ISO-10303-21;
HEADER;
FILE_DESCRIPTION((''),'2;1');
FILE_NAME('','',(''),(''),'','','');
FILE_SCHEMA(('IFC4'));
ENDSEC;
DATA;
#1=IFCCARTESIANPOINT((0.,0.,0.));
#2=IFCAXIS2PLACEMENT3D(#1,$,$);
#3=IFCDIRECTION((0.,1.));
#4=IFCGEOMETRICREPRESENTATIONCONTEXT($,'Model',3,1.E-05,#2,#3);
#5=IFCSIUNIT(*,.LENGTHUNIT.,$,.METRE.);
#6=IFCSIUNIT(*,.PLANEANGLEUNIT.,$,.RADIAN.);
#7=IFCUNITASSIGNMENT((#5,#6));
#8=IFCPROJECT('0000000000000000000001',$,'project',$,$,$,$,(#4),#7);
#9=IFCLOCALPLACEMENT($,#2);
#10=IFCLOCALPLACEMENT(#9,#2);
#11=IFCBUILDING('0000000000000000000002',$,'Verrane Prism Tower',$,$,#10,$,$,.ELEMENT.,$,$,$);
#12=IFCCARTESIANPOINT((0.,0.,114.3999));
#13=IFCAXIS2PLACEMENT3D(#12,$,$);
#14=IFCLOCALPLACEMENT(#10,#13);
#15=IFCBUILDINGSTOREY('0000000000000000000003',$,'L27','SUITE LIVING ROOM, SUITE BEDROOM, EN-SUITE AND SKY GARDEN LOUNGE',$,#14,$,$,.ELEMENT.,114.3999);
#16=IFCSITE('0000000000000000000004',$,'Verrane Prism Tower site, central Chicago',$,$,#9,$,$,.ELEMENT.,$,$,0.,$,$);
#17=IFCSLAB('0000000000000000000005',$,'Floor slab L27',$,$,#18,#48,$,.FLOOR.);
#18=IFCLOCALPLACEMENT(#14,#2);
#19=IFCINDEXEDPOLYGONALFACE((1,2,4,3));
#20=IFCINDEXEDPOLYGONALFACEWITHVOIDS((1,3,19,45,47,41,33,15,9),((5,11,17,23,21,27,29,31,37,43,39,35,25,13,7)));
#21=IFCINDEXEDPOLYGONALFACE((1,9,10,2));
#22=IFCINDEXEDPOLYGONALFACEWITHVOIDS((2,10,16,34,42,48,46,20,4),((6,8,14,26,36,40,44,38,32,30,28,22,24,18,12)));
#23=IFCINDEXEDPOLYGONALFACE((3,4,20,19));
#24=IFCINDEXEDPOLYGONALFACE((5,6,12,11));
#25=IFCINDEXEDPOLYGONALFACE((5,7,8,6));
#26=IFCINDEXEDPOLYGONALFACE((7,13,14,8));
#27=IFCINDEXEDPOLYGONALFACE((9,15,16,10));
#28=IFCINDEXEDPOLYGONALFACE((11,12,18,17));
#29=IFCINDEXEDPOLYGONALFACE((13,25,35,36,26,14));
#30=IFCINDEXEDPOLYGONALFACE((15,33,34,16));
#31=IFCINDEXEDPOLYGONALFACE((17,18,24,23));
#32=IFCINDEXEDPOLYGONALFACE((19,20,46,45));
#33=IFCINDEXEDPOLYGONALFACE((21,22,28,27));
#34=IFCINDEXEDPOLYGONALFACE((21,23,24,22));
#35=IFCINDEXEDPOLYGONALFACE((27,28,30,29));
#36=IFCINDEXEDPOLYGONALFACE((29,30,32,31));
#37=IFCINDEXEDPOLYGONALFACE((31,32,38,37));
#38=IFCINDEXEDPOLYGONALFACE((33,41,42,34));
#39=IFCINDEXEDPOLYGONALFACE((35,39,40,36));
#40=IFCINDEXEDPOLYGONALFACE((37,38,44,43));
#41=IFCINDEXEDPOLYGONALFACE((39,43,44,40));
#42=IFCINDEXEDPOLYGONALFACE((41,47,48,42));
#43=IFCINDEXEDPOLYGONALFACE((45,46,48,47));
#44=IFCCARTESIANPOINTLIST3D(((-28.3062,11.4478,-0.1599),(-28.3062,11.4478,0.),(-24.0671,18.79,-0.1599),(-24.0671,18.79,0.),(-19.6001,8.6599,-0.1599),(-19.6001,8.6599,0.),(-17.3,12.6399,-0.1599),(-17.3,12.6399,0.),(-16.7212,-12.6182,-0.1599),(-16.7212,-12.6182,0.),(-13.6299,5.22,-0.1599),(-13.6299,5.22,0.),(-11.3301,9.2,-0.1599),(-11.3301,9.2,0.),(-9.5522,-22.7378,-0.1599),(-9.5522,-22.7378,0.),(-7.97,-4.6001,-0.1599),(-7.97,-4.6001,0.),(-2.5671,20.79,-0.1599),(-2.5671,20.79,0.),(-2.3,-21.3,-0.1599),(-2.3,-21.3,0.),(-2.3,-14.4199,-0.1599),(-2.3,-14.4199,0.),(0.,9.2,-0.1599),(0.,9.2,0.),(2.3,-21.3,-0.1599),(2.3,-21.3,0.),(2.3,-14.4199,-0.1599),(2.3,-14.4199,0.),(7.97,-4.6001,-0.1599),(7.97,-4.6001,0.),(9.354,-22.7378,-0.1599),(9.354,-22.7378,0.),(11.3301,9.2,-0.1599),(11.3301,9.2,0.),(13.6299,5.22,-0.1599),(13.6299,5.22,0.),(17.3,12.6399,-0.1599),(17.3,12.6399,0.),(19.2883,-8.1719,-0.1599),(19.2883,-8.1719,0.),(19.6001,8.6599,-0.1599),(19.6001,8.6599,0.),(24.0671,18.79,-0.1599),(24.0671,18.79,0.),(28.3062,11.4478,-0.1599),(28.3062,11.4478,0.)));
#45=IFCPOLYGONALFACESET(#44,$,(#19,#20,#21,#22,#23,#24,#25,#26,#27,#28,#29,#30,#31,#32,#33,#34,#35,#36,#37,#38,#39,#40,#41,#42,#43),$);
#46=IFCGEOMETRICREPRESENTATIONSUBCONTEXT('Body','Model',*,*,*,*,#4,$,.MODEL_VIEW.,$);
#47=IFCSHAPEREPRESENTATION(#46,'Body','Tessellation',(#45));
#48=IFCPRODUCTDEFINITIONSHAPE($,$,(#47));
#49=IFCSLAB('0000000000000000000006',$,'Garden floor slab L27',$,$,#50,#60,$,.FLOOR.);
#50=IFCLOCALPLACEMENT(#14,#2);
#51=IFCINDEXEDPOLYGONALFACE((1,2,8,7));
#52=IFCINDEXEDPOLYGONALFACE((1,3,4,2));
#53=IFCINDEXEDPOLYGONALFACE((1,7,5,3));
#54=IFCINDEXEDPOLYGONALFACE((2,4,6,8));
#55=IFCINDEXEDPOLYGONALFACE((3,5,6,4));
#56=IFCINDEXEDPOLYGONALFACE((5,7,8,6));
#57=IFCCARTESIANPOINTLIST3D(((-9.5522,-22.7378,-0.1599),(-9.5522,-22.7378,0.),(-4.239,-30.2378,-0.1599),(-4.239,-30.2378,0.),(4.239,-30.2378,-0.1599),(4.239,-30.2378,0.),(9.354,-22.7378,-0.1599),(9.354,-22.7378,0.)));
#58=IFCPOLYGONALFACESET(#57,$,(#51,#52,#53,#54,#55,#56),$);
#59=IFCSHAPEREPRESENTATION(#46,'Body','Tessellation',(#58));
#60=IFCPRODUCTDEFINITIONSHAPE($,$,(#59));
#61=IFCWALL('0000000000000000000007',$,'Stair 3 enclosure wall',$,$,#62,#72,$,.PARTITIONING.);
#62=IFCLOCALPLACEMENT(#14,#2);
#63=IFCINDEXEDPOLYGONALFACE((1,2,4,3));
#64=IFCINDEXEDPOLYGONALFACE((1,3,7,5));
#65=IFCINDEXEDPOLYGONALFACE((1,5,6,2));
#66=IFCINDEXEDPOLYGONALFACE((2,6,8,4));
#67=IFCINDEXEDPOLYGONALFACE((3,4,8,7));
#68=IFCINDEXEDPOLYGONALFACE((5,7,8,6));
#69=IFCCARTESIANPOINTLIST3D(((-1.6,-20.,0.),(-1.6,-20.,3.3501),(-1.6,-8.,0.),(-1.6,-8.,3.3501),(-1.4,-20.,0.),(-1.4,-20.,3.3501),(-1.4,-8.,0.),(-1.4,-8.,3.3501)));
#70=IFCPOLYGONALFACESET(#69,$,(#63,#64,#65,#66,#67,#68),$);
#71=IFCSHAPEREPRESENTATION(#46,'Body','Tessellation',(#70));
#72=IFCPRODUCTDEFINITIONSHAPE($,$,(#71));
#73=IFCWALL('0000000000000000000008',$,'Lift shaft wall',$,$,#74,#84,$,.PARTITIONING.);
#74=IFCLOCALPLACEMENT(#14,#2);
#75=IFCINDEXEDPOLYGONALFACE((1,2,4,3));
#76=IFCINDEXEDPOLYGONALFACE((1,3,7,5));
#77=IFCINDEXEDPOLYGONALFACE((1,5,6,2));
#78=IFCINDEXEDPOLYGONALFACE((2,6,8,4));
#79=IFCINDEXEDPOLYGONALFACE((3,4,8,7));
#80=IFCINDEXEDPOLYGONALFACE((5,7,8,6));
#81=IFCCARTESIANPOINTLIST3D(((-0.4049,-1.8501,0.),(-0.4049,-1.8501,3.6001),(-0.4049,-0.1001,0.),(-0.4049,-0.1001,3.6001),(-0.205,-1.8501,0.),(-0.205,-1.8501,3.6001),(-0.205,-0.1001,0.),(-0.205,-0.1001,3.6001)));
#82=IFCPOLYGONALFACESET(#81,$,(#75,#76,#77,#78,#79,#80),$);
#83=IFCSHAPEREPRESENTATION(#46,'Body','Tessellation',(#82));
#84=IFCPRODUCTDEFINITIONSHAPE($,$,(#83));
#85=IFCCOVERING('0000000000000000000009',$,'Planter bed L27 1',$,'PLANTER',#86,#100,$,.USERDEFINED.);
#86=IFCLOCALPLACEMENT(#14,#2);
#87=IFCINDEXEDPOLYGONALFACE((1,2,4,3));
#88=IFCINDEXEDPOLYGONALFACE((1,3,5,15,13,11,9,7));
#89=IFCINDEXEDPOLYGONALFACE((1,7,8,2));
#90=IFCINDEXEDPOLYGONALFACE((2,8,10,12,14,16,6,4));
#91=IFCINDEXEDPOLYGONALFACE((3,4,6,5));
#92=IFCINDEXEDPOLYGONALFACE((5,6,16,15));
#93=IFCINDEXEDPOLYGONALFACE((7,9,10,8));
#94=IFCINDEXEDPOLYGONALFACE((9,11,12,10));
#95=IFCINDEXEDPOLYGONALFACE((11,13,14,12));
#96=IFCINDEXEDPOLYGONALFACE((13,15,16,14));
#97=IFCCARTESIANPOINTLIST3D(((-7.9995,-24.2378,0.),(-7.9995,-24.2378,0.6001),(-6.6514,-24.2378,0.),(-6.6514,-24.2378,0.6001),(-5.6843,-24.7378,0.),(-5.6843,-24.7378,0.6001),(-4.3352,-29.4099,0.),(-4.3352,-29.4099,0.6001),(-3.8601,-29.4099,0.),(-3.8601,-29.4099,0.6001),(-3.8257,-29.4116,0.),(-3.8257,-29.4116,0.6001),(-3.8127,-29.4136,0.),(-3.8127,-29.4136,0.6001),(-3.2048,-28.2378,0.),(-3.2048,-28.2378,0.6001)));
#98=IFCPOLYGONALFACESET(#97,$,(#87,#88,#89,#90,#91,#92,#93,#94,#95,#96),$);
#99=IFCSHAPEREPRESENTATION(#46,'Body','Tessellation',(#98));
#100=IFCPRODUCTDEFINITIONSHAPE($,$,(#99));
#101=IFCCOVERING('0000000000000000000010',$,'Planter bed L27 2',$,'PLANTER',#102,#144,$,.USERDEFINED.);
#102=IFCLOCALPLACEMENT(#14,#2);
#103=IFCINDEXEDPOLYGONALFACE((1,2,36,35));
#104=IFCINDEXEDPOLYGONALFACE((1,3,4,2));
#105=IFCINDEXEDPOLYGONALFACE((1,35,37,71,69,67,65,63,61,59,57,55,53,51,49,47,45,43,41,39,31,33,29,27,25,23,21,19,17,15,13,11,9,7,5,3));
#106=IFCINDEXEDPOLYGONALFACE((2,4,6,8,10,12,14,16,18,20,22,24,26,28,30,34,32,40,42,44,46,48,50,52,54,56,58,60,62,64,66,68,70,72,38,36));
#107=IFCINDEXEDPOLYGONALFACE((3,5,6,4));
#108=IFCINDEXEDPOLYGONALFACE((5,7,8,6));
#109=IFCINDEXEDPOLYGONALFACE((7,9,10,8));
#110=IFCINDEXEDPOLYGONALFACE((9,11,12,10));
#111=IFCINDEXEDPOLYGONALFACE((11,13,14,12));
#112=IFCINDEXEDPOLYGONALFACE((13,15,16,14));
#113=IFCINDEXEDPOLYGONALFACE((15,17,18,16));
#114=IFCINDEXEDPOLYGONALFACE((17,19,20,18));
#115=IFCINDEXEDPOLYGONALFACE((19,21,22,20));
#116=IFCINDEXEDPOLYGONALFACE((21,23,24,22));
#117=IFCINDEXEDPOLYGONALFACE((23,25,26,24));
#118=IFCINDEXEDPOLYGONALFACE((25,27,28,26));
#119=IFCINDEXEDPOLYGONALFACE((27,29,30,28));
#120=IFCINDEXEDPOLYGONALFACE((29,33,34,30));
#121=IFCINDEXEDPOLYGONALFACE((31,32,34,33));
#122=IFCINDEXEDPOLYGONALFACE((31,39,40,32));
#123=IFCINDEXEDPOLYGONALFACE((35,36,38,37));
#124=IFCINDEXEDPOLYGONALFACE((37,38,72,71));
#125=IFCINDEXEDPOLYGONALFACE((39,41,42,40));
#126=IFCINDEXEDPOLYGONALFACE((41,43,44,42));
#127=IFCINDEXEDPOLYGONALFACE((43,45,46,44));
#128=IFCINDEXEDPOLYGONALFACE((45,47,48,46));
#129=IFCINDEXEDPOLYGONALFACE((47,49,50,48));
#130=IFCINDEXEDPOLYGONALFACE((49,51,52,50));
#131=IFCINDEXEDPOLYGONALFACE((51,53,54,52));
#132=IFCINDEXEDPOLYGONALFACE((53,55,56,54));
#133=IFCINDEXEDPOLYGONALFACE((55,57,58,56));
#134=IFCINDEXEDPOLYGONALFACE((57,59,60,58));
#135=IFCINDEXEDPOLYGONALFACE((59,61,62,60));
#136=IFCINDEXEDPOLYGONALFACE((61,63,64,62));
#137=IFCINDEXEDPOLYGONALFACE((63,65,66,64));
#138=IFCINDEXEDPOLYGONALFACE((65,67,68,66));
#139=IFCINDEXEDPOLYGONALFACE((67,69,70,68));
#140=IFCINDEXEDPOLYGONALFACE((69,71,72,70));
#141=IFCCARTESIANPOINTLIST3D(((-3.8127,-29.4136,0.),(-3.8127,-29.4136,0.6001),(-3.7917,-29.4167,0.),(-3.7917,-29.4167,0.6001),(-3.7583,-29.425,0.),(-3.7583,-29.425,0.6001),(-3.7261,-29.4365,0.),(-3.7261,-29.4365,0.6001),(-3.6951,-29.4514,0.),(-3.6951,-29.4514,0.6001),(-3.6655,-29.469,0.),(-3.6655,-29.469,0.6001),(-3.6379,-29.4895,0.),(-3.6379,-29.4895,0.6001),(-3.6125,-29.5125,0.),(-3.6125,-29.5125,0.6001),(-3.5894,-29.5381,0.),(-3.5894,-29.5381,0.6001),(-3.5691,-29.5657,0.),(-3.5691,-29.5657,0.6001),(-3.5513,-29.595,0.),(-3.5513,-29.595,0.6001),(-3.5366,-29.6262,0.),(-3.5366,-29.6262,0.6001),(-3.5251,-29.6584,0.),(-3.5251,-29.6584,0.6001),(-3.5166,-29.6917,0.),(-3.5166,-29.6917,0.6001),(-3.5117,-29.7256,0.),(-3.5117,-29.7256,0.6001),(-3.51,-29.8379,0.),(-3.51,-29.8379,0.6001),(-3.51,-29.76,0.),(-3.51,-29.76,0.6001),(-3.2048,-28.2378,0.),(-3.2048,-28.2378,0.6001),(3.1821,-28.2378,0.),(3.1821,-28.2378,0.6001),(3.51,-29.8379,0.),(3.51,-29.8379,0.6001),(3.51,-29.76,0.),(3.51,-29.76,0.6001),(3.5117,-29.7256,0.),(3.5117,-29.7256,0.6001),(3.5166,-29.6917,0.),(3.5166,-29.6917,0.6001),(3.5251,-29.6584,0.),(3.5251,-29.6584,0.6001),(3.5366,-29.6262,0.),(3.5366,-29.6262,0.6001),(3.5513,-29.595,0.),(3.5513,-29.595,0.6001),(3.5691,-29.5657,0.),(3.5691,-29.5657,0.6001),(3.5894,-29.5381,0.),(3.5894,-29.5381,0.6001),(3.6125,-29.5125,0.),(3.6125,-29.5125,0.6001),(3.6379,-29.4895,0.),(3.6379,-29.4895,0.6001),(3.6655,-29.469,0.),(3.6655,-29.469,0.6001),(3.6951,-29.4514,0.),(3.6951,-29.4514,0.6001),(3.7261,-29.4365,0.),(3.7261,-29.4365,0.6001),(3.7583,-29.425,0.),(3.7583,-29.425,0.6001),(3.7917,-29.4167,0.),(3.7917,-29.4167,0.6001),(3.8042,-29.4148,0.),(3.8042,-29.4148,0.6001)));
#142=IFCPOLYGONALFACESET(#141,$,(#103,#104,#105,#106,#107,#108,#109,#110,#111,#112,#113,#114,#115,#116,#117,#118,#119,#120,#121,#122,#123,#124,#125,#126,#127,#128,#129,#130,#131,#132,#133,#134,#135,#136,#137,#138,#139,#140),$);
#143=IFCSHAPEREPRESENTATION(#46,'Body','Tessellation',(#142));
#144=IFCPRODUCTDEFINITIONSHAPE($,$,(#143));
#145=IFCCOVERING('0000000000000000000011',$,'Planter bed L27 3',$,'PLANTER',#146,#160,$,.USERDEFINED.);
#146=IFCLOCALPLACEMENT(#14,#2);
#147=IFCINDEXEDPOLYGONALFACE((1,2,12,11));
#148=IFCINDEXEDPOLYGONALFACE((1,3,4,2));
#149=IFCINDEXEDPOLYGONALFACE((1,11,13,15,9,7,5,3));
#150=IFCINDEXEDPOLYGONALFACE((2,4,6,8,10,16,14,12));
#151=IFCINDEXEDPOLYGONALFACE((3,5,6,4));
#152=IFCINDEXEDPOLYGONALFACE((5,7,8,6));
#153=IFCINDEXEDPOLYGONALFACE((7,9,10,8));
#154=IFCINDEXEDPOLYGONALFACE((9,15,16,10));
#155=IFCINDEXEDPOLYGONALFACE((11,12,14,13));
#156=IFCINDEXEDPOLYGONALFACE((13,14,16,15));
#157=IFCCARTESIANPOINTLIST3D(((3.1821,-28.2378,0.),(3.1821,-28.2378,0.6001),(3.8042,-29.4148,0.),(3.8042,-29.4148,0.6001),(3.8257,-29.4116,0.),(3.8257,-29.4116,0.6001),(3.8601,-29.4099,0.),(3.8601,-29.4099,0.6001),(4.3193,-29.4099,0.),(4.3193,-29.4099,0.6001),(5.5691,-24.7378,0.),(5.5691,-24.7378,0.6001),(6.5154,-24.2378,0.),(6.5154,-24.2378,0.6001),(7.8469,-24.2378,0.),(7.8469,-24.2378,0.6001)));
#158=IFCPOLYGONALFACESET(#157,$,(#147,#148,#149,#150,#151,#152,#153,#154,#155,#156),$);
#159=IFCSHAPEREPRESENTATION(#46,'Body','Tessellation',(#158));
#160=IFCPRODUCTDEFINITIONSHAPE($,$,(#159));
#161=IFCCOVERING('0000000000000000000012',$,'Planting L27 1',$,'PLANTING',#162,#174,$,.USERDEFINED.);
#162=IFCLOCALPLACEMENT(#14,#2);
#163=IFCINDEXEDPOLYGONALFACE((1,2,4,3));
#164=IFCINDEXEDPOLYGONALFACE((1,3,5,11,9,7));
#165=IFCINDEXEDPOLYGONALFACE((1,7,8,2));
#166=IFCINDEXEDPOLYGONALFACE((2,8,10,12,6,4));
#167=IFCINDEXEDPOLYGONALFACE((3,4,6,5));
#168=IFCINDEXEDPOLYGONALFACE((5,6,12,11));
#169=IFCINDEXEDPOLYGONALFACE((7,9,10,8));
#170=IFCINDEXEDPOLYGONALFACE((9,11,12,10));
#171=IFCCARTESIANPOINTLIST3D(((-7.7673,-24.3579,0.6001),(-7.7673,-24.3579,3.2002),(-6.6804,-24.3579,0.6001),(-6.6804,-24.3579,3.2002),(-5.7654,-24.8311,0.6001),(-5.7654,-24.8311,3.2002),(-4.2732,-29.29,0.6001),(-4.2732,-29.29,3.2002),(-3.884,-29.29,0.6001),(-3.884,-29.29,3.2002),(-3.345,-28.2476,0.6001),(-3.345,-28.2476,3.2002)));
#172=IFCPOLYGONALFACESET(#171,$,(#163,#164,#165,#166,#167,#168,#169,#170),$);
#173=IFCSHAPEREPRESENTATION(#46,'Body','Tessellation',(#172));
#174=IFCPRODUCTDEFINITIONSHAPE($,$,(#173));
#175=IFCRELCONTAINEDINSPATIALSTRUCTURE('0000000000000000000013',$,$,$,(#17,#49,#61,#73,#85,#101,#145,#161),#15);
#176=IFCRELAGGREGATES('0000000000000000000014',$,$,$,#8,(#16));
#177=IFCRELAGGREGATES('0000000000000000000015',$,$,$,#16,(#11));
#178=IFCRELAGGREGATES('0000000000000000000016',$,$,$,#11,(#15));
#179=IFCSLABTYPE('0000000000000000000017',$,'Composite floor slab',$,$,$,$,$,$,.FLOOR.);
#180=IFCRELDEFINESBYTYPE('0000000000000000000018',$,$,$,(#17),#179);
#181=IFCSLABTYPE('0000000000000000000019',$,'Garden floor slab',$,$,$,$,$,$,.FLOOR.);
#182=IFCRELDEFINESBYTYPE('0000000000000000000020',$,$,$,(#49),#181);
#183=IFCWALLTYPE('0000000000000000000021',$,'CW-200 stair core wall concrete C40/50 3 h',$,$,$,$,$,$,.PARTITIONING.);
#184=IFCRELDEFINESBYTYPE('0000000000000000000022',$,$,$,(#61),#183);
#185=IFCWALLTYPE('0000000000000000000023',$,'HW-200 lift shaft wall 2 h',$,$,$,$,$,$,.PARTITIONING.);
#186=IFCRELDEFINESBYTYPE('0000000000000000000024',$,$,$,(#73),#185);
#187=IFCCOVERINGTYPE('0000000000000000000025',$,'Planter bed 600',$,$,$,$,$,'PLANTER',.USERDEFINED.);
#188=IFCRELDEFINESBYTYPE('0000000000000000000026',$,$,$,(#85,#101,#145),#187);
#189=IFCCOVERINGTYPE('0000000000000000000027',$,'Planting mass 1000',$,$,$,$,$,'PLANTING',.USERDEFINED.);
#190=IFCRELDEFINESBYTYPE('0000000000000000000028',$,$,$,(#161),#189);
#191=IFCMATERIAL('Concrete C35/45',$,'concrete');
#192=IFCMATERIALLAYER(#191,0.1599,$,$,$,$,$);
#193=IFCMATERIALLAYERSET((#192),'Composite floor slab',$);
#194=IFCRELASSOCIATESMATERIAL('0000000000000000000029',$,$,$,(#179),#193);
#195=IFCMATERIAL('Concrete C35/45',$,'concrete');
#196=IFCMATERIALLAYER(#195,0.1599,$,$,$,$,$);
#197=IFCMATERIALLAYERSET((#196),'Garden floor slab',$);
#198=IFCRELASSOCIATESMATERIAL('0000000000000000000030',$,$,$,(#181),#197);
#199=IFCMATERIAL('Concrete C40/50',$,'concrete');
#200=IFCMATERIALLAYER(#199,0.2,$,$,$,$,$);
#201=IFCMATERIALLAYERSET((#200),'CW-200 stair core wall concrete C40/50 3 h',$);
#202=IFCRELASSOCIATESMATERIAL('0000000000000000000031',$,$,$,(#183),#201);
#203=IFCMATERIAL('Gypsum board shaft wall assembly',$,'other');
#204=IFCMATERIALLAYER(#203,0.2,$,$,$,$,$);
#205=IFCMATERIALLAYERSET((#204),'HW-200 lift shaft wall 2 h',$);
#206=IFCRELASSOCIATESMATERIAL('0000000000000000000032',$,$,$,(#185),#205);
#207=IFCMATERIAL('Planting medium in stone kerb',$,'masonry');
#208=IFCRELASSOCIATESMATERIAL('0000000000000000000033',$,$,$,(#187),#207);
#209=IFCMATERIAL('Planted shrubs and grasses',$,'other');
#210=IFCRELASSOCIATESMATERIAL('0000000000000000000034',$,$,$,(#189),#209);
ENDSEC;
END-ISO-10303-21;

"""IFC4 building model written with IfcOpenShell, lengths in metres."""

from ifc_helpers import new_model, si_unit, direction, frame, frame_2d, origin, place, context, subcontext, project, spatial, polyline, rectangle, outline, extrude, material, layer, layer_set, type_object, element, save


model = new_model("IFC4")

# Units and contexts
model_context = context("Model", 3, precision=1e-05, world=origin(), true_north=direction((0.0, 1.0)))
body_context = subcontext(model_context, "Body", "Model", "MODEL_VIEW")
ifc_project = project(units=[si_unit("LENGTHUNIT", "METRE"), si_unit("PLANEANGLEUNIT", "RADIAN")], contexts=[model_context])

# Site, building, storey
site_placement = place(None, origin())
site = spatial("IfcSite", under=ifc_project, at=site_placement, Name="Verrane Prism Tower site, central Chicago", CompositionType="ELEMENT", RefElevation=0.0)
building_placement = place(site_placement, origin())
building = spatial("IfcBuilding", under=site, at=building_placement, Name="Verrane Prism Tower", CompositionType="ELEMENT")
storey_placement = place(building_placement, frame((0.0, 0.0, 114.3999)))
storey = spatial("IfcBuildingStorey", under=building, at=storey_placement, Name="L27", Description="SUITE LIVING ROOM, SUITE BEDROOM, EN-SUITE AND SKY GARDEN LOUNGE", CompositionType="ELEMENT", Elevation=114.3999)

# Slabs
ifc_material_1 = material(Name="Concrete C35/45", Category="concrete")
ifc_layer_1 = layer(ifc_material_1, 0.1599)
ifc_layer_set_1 = layer_set([ifc_layer_1], Name="Composite floor slab")
slab_type_1 = type_object("IfcSlabType", Name="Composite floor slab", PredefinedType="FLOOR", material=ifc_layer_set_1)
slab_1_placement = place(storey_placement, frame((0.0, 0.0, -0.1599)))
element("IfcSlab", 1, at=slab_1_placement, inside=storey, type_object=slab_type_1, Name="Floor slab L27", PredefinedType="FLOOR", context=body_context, shape_type="SweptSolid", body=[
    extrude(outline(polyline([(-16.7212, -12.6182), (-28.3062, 11.4478), (-24.0671, 18.79), (-2.5671, 20.79), (24.0671, 18.79), (28.3062, 11.4478), (19.2883, -8.1719), (9.354, -22.7378), (-9.5522, -22.7378), (-16.7212, -12.6182)]), holes=[polyline([(19.6001, 8.6599), (17.3, 12.6399), (11.3301, 9.2), (0.0, 9.2), (-11.3301, 9.2), (-17.3, 12.6399), (-19.6001, 8.6599), (-13.6299, 5.22), (-7.97, -4.6001), (-2.3, -14.4199), (-2.3, -21.3), (2.3, -21.3), (2.3, -14.4199), (7.97, -4.6001), (13.6299, 5.22), (19.6001, 8.6599)])]), origin(), (0.0, 0.0, 1.0), 0.1599),
])
ifc_material_2 = material(Name="Concrete C35/45", Category="concrete")
ifc_layer_2 = layer(ifc_material_2, 0.1599)
ifc_layer_set_2 = layer_set([ifc_layer_2], Name="Garden floor slab")
slab_type_2 = type_object("IfcSlabType", Name="Garden floor slab", PredefinedType="FLOOR", material=ifc_layer_set_2)
slab_2_placement = place(storey_placement, frame((0.0, 0.0, -0.1599)))
element("IfcSlab", 2, at=slab_2_placement, inside=storey, type_object=slab_type_2, Name="Garden floor slab L27", PredefinedType="FLOOR", context=body_context, shape_type="SweptSolid", body=[
    extrude(outline(polyline([(9.354, -22.7378), (-9.5522, -22.7378), (-4.239, -30.2378), (4.239, -30.2378), (9.354, -22.7378)])), origin(), (0.0, 0.0, 1.0), 0.1599),
])

# Walls
ifc_material_3 = material(Name="Concrete C40/50", Category="concrete")
ifc_layer_3 = layer(ifc_material_3, 0.2)
ifc_layer_set_3 = layer_set([ifc_layer_3], Name="CW-200 stair core wall concrete C40/50 3 h")
wall_type_1 = type_object("IfcWallType", Name="CW-200 stair core wall concrete C40/50 3 h", PredefinedType="PARTITIONING", material=ifc_layer_set_3)
wall_1_placement = place(storey_placement, frame((-1.5, -8.0, 0.0), z_axis=(0.0, 0.0, 1.0), x_axis=(0.0, -1.0, 0.0)))
element("IfcWall", 3, at=wall_1_placement, inside=storey, type_object=wall_type_1, Name="Stair 3 enclosure wall", PredefinedType="PARTITIONING", context=body_context, shape_type="SweptSolid", body=[
    extrude(rectangle(XDim=12.0, YDim=0.2, at=frame_2d((6.0, 0.0))), origin(), (0.0, 0.0, 1.0), 3.3501),
])
ifc_material_4 = material(Name="Gypsum board shaft wall assembly", Category="other")
ifc_layer_4 = layer(ifc_material_4, 0.2)
ifc_layer_set_4 = layer_set([ifc_layer_4], Name="HW-200 lift shaft wall 2 h")
wall_type_2 = type_object("IfcWallType", Name="HW-200 lift shaft wall 2 h", PredefinedType="PARTITIONING", material=ifc_layer_set_4)
wall_2_placement = place(storey_placement, frame((-0.3049, -1.8501, 0.0), z_axis=(0.0, 0.0, 1.0), x_axis=(0.0, 1.0, 0.0)))
element("IfcWall", 4, at=wall_2_placement, inside=storey, type_object=wall_type_2, Name="Lift shaft wall", PredefinedType="PARTITIONING", context=body_context, shape_type="SweptSolid", body=[
    extrude(rectangle(XDim=1.75, YDim=0.2, at=frame_2d((0.875, 0.0))), origin(), (0.0, 0.0, 1.0), 3.6001),
])

# Coverings
ifc_material_5 = material(Name="Planting medium in stone kerb", Category="masonry")
covering_type_1 = type_object("IfcCoveringType", Name="Planter bed 600", ElementType="PLANTER", PredefinedType="USERDEFINED", material=ifc_material_5)
covering_1_placement = place(storey_placement, origin())
element("IfcCovering", 5, at=covering_1_placement, inside=storey, type_object=covering_type_1, Name="Planter bed L27 1", ObjectType="PLANTER", PredefinedType="USERDEFINED", context=body_context, shape_type="SweptSolid", body=[
    extrude(outline(polyline([(-6.6514, -24.2378), (-7.9995, -24.2378), (-4.3352, -29.4099), (-3.8601, -29.4099), (-3.8257, -29.4116), (-3.8127, -29.4136), (-3.2048, -28.2378), (-5.6843, -24.7378), (-6.6514, -24.2378)])), origin(), (0.0, 0.0, 1.0), 0.6001),
])
covering_2_placement = place(storey_placement, origin())
element("IfcCovering", 6, at=covering_2_placement, inside=storey, type_object=covering_type_1, Name="Planter bed L27 2", ObjectType="PLANTER", PredefinedType="USERDEFINED", context=body_context, shape_type="SweptSolid", body=[
    extrude(outline(polyline([(3.6951, -29.4514), (3.7261, -29.4365), (3.7583, -29.425), (3.7917, -29.4167), (3.8042, -29.4148), (3.1821, -28.2378), (-3.2048, -28.2378), (-3.8127, -29.4136), (-3.7917, -29.4167), (-3.7583, -29.425), (-3.7261, -29.4365), (-3.6951, -29.4514), (-3.6655, -29.469), (-3.6379, -29.4895), (-3.6125, -29.5125), (-3.5894, -29.5381), (-3.5691, -29.5657), (-3.5513, -29.595), (-3.5366, -29.6262), (-3.5251, -29.6584), (-3.5166, -29.6917), (-3.5117, -29.7256), (-3.51, -29.76), (-3.51, -29.8379), (3.51, -29.8379), (3.51, -29.76), (3.5117, -29.7256), (3.5166, -29.6917), (3.5251, -29.6584), (3.5366, -29.6262), (3.5513, -29.595), (3.5691, -29.5657), (3.5894, -29.5381), (3.6125, -29.5125), (3.6379, -29.4895), (3.6655, -29.469), (3.6951, -29.4514)])), origin(), (0.0, 0.0, 1.0), 0.6001),
])
covering_3_placement = place(storey_placement, origin())
element("IfcCovering", 7, at=covering_3_placement, inside=storey, type_object=covering_type_1, Name="Planter bed L27 3", ObjectType="PLANTER", PredefinedType="USERDEFINED", context=body_context, shape_type="SweptSolid", body=[
    extrude(outline(polyline([(3.8042, -29.4148), (3.8257, -29.4116), (3.8601, -29.4099), (4.3193, -29.4099), (7.8469, -24.2378), (6.5154, -24.2378), (5.5691, -24.7378), (3.1821, -28.2378), (3.8042, -29.4148)])), origin(), (0.0, 0.0, 1.0), 0.6001),
])
ifc_material_6 = material(Name="Planted shrubs and grasses", Category="other")
covering_type_2 = type_object("IfcCoveringType", Name="Planting mass 1000", ElementType="PLANTING", PredefinedType="USERDEFINED", material=ifc_material_6)
covering_4_placement = place(storey_placement, frame((0.0, 0.0, 0.6001)))
element("IfcCovering", 8, at=covering_4_placement, inside=storey, type_object=covering_type_2, Name="Planting L27 1", ObjectType="PLANTING", PredefinedType="USERDEFINED", context=body_context, shape_type="SweptSolid", body=[
    extrude(outline(polyline([(-6.6804, -24.3579), (-7.7673, -24.3579), (-4.2732, -29.29), (-3.884, -29.29), (-3.345, -28.2476), (-5.7654, -24.8311), (-6.6804, -24.3579)])), origin(), (0.0, 0.0, 1.0), 2.6001),
])

save(model, "model.ifc")
